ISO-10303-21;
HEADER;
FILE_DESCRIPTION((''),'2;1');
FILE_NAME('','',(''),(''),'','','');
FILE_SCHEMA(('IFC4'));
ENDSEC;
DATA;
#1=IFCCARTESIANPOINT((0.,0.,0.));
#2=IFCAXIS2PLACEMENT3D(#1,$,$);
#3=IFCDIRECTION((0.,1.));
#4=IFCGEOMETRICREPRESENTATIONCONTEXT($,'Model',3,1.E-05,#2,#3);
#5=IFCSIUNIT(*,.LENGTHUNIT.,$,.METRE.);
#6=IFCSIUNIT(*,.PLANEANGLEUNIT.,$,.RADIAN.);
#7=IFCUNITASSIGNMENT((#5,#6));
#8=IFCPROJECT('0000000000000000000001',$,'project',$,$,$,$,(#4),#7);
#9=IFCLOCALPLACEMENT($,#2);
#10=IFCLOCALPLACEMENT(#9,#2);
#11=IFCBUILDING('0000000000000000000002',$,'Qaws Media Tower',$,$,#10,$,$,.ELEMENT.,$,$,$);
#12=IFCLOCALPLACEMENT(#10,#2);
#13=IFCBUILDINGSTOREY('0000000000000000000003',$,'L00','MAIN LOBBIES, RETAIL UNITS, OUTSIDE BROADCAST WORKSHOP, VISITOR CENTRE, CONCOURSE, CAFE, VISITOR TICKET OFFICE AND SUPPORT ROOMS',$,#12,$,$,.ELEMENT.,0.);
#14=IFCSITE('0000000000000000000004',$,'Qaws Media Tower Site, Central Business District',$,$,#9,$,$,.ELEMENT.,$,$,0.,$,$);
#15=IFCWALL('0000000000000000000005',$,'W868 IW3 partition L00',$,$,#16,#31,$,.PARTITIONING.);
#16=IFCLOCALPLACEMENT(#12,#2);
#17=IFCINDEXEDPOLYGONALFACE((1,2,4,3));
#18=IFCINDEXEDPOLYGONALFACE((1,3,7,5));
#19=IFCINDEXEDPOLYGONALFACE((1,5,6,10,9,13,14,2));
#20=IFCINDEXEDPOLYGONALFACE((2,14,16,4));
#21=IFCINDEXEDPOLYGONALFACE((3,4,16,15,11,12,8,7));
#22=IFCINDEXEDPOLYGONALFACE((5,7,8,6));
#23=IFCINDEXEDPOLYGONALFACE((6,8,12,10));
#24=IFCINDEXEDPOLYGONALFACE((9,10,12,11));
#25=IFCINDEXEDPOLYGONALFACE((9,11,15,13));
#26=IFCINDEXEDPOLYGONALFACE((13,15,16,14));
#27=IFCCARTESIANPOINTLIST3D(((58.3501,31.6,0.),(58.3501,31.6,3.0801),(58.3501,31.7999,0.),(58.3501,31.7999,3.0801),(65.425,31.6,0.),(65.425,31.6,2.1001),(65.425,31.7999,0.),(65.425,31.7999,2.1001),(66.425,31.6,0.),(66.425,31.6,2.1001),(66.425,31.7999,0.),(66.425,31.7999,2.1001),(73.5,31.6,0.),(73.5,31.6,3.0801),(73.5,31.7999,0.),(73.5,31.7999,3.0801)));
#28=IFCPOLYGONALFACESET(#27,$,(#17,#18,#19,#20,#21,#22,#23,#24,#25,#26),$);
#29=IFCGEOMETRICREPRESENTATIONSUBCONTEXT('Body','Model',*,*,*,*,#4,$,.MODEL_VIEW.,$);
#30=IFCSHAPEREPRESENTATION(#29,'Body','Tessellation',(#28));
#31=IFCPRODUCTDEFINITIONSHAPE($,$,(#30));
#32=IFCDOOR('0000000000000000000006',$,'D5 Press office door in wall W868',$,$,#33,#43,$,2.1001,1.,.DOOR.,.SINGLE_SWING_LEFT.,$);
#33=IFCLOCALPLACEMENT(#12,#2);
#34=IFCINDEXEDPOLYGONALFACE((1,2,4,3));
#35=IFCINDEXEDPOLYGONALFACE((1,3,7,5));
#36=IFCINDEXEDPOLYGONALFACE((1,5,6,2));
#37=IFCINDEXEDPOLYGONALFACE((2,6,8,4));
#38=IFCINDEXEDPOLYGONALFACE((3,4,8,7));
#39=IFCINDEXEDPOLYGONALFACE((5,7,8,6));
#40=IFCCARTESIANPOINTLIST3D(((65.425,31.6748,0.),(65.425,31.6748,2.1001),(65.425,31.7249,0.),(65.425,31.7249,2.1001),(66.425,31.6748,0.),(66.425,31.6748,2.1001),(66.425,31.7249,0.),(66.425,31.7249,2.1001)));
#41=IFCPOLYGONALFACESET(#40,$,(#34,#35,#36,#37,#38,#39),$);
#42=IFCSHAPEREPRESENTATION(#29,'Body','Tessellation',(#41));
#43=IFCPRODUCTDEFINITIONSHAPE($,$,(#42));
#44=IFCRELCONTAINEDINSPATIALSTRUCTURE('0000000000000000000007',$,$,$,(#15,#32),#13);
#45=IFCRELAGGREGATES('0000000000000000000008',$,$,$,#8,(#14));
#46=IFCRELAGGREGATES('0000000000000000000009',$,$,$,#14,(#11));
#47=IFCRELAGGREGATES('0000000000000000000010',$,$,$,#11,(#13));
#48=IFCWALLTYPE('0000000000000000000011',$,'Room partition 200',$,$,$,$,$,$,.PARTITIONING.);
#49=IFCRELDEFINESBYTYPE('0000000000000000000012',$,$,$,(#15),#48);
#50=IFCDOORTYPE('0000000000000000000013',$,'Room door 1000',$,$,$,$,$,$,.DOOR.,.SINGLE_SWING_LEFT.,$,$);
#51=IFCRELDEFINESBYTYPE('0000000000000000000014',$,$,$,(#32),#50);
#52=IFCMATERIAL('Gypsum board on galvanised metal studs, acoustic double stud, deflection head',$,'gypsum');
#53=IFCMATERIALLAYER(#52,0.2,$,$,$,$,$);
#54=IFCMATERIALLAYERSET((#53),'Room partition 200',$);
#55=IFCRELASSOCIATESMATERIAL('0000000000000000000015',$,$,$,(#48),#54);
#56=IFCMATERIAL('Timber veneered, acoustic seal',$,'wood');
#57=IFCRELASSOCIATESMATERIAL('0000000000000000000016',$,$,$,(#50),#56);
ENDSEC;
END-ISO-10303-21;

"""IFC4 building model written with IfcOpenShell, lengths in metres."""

from ifc_helpers import new_model, si_unit, direction, frame, frame_2d, origin, place, context, subcontext, project, spatial, rectangle, extrude, material, layer, layer_set, type_object, element, fill, save


model = new_model("IFC4")

# Units and contexts
model_context = context("Model", 3, precision=1e-05, world=origin(), true_north=direction((0.0, 1.0)))
body_context = subcontext(model_context, "Body", "Model", "MODEL_VIEW")
ifc_project = project(units=[si_unit("LENGTHUNIT", "METRE"), si_unit("PLANEANGLEUNIT", "RADIAN")], contexts=[model_context])

# Site, building, storey
site_placement = place(None, origin())
site = spatial("IfcSite", under=ifc_project, at=site_placement, Name="Qaws Media Tower Site, Central Business District", CompositionType="ELEMENT", RefElevation=0.0)
building_placement = place(site_placement, origin())
building = spatial("IfcBuilding", under=site, at=building_placement, Name="Qaws Media Tower", CompositionType="ELEMENT")
storey_placement = place(building_placement, origin())
storey = spatial("IfcBuildingStorey", under=building, at=storey_placement, Name="L00", Description="MAIN LOBBIES, RETAIL UNITS, OUTSIDE BROADCAST WORKSHOP, VISITOR CENTRE, CONCOURSE, CAFE, VISITOR TICKET OFFICE AND SUPPORT ROOMS", CompositionType="ELEMENT", Elevation=0.0)

# Shared definitions
ifc_material_1 = material(Name="Gypsum board on galvanised metal studs, acoustic double stud, deflection head", Category="gypsum")
ifc_layer_1 = layer(ifc_material_1, 0.2)
ifc_layer_set_1 = layer_set([ifc_layer_1], Name="Room partition 200")
wall_type_1 = type_object("IfcWallType", Name="Room partition 200", PredefinedType="PARTITIONING", material=ifc_layer_set_1)

# Wall, opening, door
ifc_material_2 = material(Name="Timber veneered, acoustic seal", Category="wood")
door_type_1 = type_object("IfcDoorType", Name="Room door 1000", OperationType="SINGLE_SWING_LEFT", PredefinedType="DOOR", material=ifc_material_2)
wall_1_placement = place(storey_placement, frame((58.3501, 31.7, 0.0), z_axis=(0.0, 0.0, 1.0), x_axis=(1.0, 0.0, 0.0)))
wall_1 = element("IfcWall", 1, at=wall_1_placement, inside=storey, type_object=wall_type_1, Name="W868 IW3 partition L00", PredefinedType="PARTITIONING", context=body_context, shape_type="SweptSolid", body=[
    extrude(rectangle(XDim=15.1499, YDim=0.2, at=frame_2d((7.575, 0.0))), origin(), (0.0, 0.0, 1.0), 3.0801),
])
opening_1_placement = place(wall_1_placement, frame((7.075, 0.0, 0.0)))
opening_1 = element("IfcOpeningElement", 2, at=opening_1_placement, cuts=wall_1, PredefinedType="OPENING", context=body_context, shape_type="SweptSolid", body=[
    extrude(rectangle(XDim=1.0, YDim=2.1001, at=frame_2d((0.5, 1.05))), frame((0.0, 0.1099, 0.0), z_axis=(0.0, -1.0, 0.0), x_axis=(1.0, 0.0, 0.0)), (0.0, 0.0, 1.0), 0.22),
])
door_1_placement = place(opening_1_placement, origin())
door_1 = element("IfcDoor", 3, at=door_1_placement, inside=storey, type_object=door_type_1, Name="D5 Press office door in wall W868", OperationType="SINGLE_SWING_LEFT", OverallHeight=2.1001, OverallWidth=1.0, PredefinedType="DOOR", context=body_context, shape_type="SweptSolid", body=[
    extrude(rectangle(XDim=1.0, YDim=2.1001, at=frame_2d((0.5, 1.05))), frame((0.0, 0.0249, 0.0), z_axis=(0.0, -1.0, 0.0), x_axis=(1.0, 0.0, 0.0)), (0.0, 0.0, 1.0), 0.05),
])
fill(opening_1, door_1)

save(model, "model.ifc")
